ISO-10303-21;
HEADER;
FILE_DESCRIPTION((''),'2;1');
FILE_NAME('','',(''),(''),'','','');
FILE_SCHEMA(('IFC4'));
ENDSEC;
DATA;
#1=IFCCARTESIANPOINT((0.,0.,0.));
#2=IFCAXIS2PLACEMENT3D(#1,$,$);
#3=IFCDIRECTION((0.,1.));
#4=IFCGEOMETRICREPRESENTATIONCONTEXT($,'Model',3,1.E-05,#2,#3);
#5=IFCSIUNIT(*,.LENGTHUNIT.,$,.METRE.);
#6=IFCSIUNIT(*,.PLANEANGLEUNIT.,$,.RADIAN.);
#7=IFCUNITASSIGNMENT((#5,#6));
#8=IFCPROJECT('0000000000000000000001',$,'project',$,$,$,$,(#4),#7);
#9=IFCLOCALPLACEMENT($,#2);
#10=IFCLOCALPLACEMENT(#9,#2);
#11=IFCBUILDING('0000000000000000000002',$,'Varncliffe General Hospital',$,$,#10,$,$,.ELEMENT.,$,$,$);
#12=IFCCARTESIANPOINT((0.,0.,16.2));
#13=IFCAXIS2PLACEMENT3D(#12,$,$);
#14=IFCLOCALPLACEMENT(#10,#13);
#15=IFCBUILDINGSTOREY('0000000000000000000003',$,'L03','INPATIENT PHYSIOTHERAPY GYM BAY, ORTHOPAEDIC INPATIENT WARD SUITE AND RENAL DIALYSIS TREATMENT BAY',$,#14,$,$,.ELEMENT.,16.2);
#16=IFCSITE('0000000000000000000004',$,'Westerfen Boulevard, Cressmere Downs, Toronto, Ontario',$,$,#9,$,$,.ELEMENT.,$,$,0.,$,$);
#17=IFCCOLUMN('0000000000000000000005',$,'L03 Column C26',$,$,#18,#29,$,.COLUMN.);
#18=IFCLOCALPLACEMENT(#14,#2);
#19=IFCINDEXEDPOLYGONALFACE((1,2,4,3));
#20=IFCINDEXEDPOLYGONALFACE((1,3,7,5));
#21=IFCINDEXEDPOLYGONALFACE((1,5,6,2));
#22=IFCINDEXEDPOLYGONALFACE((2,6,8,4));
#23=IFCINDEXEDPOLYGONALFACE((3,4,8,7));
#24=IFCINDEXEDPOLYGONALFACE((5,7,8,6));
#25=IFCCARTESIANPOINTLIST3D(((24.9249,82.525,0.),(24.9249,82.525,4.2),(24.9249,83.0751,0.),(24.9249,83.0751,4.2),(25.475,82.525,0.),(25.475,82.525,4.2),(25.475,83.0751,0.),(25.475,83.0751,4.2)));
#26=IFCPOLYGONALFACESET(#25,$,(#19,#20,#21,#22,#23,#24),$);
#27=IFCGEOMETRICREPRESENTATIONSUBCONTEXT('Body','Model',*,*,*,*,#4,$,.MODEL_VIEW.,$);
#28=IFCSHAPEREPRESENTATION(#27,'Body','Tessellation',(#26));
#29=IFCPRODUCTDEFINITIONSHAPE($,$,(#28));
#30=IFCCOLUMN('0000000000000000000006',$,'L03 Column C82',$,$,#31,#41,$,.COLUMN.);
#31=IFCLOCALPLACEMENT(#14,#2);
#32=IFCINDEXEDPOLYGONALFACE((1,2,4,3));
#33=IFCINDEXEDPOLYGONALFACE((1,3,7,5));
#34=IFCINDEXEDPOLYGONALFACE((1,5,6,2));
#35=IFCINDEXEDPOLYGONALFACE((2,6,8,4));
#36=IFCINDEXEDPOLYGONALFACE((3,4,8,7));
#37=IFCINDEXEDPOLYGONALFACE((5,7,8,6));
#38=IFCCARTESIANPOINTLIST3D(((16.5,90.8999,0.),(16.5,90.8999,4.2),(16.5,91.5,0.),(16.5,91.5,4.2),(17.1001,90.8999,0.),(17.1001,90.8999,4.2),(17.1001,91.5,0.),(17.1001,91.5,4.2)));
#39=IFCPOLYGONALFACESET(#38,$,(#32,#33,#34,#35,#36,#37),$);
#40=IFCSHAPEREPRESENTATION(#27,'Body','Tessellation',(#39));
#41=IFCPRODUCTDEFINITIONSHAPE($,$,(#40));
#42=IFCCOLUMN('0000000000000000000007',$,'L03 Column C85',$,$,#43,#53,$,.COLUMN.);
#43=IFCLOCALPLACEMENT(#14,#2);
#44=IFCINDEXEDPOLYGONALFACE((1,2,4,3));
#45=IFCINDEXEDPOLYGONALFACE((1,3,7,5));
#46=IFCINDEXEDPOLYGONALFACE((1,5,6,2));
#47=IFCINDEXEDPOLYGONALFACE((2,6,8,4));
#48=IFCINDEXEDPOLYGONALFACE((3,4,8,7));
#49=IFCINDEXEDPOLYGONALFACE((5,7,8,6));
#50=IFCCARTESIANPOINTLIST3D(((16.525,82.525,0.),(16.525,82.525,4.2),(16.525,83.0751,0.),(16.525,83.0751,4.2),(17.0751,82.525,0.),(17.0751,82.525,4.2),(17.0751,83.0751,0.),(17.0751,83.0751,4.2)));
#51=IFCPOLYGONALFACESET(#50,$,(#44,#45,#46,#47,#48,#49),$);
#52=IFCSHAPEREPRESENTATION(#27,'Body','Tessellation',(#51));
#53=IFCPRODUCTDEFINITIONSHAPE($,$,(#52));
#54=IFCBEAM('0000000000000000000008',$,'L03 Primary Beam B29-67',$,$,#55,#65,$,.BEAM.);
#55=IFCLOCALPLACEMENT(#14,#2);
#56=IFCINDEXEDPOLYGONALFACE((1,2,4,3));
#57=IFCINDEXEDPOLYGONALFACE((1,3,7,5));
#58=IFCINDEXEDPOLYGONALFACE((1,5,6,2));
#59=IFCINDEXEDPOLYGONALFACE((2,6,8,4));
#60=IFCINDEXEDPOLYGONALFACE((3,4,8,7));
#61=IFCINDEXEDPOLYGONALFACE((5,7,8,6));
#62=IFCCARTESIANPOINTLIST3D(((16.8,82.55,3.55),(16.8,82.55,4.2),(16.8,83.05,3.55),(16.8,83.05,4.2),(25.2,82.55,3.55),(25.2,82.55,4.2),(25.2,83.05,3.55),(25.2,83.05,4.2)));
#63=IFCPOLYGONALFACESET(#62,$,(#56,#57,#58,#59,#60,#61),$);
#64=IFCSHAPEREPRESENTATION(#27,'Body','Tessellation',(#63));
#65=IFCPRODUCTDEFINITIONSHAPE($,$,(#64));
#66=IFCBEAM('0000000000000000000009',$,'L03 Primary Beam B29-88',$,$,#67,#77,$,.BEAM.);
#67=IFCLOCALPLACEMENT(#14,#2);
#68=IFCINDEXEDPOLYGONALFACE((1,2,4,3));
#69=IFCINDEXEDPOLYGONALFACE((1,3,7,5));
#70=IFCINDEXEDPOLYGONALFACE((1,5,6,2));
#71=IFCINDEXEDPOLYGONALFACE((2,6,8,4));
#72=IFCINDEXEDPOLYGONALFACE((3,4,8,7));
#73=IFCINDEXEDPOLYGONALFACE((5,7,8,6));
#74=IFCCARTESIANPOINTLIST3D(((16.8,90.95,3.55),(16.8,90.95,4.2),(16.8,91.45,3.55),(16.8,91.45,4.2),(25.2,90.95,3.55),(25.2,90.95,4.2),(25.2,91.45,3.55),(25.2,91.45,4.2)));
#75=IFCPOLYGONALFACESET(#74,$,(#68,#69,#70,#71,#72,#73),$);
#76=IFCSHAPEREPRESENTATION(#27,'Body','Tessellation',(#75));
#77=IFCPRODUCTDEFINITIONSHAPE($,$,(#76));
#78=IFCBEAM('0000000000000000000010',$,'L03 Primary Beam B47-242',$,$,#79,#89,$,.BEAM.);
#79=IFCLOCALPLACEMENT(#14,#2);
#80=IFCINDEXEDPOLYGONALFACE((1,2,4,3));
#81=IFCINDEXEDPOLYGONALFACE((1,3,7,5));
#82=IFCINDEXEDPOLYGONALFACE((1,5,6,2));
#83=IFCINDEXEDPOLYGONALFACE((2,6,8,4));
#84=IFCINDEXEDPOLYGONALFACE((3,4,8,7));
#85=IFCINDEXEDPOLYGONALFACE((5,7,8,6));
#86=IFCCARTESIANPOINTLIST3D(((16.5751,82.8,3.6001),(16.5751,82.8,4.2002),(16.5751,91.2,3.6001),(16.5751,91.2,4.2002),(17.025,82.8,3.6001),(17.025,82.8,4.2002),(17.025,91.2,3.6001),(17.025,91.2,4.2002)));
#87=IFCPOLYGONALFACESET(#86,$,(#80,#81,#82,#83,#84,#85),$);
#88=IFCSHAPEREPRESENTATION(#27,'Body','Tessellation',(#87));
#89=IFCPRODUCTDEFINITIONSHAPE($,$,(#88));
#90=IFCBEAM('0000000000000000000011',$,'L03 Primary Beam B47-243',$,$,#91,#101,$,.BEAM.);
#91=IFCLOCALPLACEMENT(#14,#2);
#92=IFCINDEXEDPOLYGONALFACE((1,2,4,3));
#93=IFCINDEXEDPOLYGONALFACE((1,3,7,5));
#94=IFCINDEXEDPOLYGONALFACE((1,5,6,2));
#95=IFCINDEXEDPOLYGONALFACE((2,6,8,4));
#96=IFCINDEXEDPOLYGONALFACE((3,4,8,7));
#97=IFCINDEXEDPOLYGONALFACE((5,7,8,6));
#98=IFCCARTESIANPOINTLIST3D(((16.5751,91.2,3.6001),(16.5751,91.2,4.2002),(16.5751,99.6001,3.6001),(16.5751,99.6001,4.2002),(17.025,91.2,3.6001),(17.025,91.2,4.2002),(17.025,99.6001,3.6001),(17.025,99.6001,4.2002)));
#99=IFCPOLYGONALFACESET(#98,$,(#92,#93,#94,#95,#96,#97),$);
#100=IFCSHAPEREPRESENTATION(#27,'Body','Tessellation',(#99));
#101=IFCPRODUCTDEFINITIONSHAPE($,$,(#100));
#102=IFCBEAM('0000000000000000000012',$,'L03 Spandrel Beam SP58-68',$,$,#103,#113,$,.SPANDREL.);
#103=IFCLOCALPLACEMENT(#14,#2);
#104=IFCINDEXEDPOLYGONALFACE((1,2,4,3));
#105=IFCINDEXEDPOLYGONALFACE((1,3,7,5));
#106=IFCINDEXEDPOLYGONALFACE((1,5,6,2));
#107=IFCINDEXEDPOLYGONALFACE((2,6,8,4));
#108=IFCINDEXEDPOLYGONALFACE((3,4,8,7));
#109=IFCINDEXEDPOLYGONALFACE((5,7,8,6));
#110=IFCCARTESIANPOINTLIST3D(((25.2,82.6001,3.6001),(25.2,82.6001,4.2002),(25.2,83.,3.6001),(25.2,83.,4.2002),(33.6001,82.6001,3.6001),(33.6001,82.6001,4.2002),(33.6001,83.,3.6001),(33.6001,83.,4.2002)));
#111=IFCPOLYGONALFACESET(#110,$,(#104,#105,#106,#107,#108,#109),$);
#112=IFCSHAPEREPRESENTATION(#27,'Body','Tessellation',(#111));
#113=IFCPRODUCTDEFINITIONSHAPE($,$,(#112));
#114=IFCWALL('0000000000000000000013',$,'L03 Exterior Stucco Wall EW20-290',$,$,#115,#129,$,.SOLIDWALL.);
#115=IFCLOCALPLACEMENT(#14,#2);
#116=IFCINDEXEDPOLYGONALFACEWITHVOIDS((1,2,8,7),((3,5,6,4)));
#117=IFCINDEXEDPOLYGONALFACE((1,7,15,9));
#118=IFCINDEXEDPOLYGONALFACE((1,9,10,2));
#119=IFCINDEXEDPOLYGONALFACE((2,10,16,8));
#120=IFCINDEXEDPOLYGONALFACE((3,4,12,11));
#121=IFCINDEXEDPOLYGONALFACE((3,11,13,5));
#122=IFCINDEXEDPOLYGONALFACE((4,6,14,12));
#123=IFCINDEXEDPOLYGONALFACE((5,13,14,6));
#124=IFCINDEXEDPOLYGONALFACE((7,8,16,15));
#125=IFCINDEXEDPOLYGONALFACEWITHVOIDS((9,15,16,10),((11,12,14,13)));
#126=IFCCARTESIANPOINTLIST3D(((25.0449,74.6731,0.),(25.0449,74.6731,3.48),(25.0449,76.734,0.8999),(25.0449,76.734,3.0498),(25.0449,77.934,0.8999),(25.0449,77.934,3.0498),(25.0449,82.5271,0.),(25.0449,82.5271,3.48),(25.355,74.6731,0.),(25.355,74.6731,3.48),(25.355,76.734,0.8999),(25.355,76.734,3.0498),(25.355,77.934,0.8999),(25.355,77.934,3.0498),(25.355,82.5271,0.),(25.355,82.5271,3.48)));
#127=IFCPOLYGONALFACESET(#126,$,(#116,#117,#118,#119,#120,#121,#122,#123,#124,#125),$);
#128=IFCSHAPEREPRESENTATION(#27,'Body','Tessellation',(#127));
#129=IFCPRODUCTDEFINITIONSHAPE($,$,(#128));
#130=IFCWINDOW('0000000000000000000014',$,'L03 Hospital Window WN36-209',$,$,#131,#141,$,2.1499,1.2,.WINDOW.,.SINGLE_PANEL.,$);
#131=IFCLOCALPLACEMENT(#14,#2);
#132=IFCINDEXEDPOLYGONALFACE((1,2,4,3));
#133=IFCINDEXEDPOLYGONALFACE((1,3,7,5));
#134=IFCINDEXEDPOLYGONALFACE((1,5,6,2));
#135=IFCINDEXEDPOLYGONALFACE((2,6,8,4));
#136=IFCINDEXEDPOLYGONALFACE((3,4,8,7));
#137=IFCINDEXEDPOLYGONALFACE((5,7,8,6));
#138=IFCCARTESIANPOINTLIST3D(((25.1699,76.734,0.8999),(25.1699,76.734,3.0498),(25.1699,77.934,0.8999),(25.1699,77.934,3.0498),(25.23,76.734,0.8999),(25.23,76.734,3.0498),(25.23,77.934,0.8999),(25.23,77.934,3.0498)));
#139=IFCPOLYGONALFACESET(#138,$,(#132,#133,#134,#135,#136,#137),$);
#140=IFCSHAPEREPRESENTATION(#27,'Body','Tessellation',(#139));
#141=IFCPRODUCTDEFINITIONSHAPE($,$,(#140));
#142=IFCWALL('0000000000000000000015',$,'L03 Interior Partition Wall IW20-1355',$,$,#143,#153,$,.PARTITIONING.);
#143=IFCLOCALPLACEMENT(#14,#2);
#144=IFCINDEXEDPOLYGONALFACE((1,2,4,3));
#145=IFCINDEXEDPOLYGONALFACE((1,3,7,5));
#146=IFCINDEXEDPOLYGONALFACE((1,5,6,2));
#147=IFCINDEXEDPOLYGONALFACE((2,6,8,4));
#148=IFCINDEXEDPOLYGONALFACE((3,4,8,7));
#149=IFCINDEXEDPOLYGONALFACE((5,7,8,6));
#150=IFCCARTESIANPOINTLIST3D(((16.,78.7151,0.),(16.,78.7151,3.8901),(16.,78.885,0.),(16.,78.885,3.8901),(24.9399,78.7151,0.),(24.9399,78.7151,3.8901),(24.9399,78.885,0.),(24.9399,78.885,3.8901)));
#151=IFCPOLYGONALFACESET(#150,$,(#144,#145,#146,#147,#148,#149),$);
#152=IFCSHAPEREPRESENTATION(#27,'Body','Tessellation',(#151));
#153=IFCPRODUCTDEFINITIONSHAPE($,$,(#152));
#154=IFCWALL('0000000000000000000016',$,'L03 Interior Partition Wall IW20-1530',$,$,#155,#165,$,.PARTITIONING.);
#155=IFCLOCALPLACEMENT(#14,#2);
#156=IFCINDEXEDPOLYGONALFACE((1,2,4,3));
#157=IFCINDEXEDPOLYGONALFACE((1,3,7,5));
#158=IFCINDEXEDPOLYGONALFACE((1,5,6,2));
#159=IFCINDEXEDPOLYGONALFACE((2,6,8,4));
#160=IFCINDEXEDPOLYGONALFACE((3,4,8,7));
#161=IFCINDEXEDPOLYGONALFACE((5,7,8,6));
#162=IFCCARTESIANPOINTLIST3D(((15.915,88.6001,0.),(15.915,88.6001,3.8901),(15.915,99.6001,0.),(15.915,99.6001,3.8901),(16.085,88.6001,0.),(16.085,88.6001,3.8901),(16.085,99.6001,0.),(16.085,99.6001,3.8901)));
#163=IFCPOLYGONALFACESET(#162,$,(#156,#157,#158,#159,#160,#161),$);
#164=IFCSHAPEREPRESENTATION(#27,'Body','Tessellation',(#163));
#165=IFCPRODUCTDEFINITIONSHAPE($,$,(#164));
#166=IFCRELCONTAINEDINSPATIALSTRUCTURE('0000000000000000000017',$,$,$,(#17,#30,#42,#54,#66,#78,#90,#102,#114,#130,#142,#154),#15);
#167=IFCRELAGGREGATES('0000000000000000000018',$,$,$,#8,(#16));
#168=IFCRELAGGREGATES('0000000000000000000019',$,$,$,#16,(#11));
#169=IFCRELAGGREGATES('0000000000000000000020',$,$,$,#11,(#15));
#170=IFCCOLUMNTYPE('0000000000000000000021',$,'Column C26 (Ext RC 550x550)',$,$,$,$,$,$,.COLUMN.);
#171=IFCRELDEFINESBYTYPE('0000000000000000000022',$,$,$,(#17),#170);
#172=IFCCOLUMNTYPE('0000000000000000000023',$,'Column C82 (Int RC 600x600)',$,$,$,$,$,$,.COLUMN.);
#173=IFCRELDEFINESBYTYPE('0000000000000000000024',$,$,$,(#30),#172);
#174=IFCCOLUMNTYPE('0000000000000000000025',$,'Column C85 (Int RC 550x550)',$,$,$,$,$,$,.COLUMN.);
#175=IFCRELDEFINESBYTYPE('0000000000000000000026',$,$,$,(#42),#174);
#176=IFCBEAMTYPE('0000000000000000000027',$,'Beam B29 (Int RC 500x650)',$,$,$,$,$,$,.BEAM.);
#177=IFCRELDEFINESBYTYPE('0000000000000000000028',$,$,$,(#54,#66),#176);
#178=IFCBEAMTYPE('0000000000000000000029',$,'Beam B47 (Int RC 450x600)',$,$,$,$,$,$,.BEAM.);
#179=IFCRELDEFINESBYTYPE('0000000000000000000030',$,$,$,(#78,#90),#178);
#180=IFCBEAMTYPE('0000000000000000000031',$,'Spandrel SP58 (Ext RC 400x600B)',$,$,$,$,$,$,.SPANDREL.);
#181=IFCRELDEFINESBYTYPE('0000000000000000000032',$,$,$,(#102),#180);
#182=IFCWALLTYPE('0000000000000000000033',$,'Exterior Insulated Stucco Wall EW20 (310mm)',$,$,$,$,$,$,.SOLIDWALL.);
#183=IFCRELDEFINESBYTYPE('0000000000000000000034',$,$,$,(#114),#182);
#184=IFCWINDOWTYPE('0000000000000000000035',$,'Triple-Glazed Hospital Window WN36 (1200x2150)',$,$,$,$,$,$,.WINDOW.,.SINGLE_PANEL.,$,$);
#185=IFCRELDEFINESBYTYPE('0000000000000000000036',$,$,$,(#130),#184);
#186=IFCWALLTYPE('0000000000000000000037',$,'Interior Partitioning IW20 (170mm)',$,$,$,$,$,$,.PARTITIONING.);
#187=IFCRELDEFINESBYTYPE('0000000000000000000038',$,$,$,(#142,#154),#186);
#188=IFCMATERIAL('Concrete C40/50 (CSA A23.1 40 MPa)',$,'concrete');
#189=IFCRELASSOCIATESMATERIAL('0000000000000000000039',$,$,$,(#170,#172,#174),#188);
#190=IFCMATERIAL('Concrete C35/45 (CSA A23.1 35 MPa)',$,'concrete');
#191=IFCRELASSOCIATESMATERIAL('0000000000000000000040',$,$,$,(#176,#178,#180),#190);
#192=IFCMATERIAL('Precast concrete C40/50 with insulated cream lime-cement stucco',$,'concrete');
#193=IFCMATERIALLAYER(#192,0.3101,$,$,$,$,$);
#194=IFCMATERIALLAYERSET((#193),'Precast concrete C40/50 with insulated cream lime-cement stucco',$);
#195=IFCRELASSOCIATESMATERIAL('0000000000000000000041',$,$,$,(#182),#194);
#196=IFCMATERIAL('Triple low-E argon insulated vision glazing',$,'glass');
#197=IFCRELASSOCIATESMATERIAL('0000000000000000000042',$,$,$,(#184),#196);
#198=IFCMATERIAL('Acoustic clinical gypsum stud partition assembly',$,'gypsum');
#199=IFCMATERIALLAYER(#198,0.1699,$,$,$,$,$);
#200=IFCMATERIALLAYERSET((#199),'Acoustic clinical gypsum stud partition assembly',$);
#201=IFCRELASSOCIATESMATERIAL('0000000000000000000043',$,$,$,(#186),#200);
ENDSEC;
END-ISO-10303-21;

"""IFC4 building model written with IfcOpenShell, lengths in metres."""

from ifc_helpers import new_model, si_unit, direction, frame, frame_2d, origin, origin_2d, place, context, subcontext, project, spatial, rectangle, extrude, material, layer, layer_set, material_profile, profile_set, type_object, element, fill, save


model = new_model("IFC4")

# Units and contexts
model_context = context("Model", 3, precision=1e-05, world=origin(), true_north=direction((0.0, 1.0)))
body_context = subcontext(model_context, "Body", "Model", "MODEL_VIEW")
ifc_project = project(units=[si_unit("LENGTHUNIT", "METRE"), si_unit("PLANEANGLEUNIT", "RADIAN")], contexts=[model_context])

# Site, building, storey
site_placement = place(None, origin())
site = spatial("IfcSite", under=ifc_project, at=site_placement, Name="Westerfen Boulevard, Cressmere Downs, Toronto, Ontario", CompositionType="ELEMENT", RefElevation=0.0)
building_placement = place(site_placement, origin())
building = spatial("IfcBuilding", under=site, at=building_placement, Name="Varncliffe General Hospital", CompositionType="ELEMENT")
storey_placement = place(building_placement, frame((0.0, 0.0, 16.2)))
storey = spatial("IfcBuildingStorey", under=building, at=storey_placement, Name="L03", Description="INPATIENT PHYSIOTHERAPY GYM BAY, ORTHOPAEDIC INPATIENT WARD SUITE AND RENAL DIALYSIS TREATMENT BAY", CompositionType="ELEMENT", Elevation=16.2)

# Columns
ifc_material_1 = material(Name="Concrete C40/50 (CSA A23.1 40 MPa)", Category="concrete")
ifc_material_profile_1 = material_profile(ifc_material_1, rectangle(XDim=0.55, YDim=0.55, at=origin_2d()), Name="RC 550x550")
ifc_profile_set_1 = profile_set([ifc_material_profile_1], Name="Concrete C40/50 (CSA A23.1 40 MPa)")
column_type_1 = type_object("IfcColumnType", Name="Column C26 (Ext RC 550x550)", PredefinedType="COLUMN", material=ifc_profile_set_1)
column_1_placement = place(storey_placement, frame((25.2, 82.8, 0.0), z_axis=(0.0, 0.0, 1.0), x_axis=(1.0, 0.0, 0.0)))
element("IfcColumn", 1, at=column_1_placement, inside=storey, type_object=column_type_1, Name="L03 Column C26", PredefinedType="COLUMN", context=body_context, shape_type="SweptSolid", body=[
    extrude(rectangle(XDim=0.55, YDim=0.55, at=origin_2d()), origin(), (0.0, 0.0, 1.0), 4.2),
])
ifc_material_profile_2 = material_profile(ifc_material_1, rectangle(XDim=0.6001, YDim=0.6001, at=origin_2d()), Name="RC 600x600")
ifc_profile_set_2 = profile_set([ifc_material_profile_2], Name="Concrete C40/50 (CSA A23.1 40 MPa)")
column_type_2 = type_object("IfcColumnType", Name="Column C82 (Int RC 600x600)", PredefinedType="COLUMN", material=ifc_profile_set_2)
column_2_placement = place(storey_placement, frame((16.8, 91.2, 0.0), z_axis=(0.0, 0.0, 1.0), x_axis=(1.0, 0.0, 0.0)))
element("IfcColumn", 2, at=column_2_placement, inside=storey, type_object=column_type_2, Name="L03 Column C82", PredefinedType="COLUMN", context=body_context, shape_type="SweptSolid", body=[
    extrude(rectangle(XDim=0.6001, YDim=0.6001, at=origin_2d()), origin(), (0.0, 0.0, 1.0), 4.2),
])
ifc_material_profile_3 = material_profile(ifc_material_1, rectangle(XDim=0.55, YDim=0.55, at=origin_2d()), Name="RC 550x550")
ifc_profile_set_3 = profile_set([ifc_material_profile_3], Name="Concrete C40/50 (CSA A23.1 40 MPa)")
column_type_3 = type_object("IfcColumnType", Name="Column C85 (Int RC 550x550)", PredefinedType="COLUMN", material=ifc_profile_set_3)
column_3_placement = place(storey_placement, frame((16.8, 82.8, 0.0), z_axis=(0.0, 0.0, 1.0), x_axis=(1.0, 0.0, 0.0)))
element("IfcColumn", 3, at=column_3_placement, inside=storey, type_object=column_type_3, Name="L03 Column C85", PredefinedType="COLUMN", context=body_context, shape_type="SweptSolid", body=[
    extrude(rectangle(XDim=0.55, YDim=0.55, at=origin_2d()), origin(), (0.0, 0.0, 1.0), 4.2),
])

# Beams
ifc_material_2 = material(Name="Concrete C35/45 (CSA A23.1 35 MPa)", Category="concrete")
ifc_material_profile_4 = material_profile(ifc_material_2, rectangle(XDim=0.5, YDim=0.6499, at=origin_2d()), Name="RC 500x650")
ifc_profile_set_4 = profile_set([ifc_material_profile_4], Name="Concrete C35/45 (CSA A23.1 35 MPa)")
beam_type_1 = type_object("IfcBeamType", Name="Beam B29 (Int RC 500x650)", PredefinedType="BEAM", material=ifc_profile_set_4)
for number, where, z_axis, x_axis, name in (
    (4, (16.8, 82.8, 3.875), (1.0, 0.0, 0.0), (0.0, 1.0, 0.0), "L03 Primary Beam B29-67"),
    (5, (16.8, 91.2, 3.875), (1.0, 0.0, 0.0), (0.0, 1.0, 0.0), "L03 Primary Beam B29-88"),
):
    element("IfcBeam", number, at=place(storey_placement, frame(where, z_axis=z_axis, x_axis=x_axis)), inside=storey, type_object=beam_type_1, Name=name, PredefinedType="BEAM", context=body_context, shape_type="SweptSolid", body=[
        extrude(rectangle(XDim=0.5, YDim=0.6499, at=origin_2d()), origin(), (0.0, 0.0, 1.0), 8.3999),
    ])
ifc_material_profile_5 = material_profile(ifc_material_2, rectangle(XDim=0.45, YDim=0.6001, at=origin_2d()), Name="RC 450x600")
ifc_profile_set_5 = profile_set([ifc_material_profile_5], Name="Concrete C35/45 (CSA A23.1 35 MPa)")
beam_type_2 = type_object("IfcBeamType", Name="Beam B47 (Int RC 450x600)", PredefinedType="BEAM", material=ifc_profile_set_5)
beam_1_placement = place(storey_placement, frame((16.8, 82.8, 3.9001), z_axis=(0.0, 1.0, 0.0), x_axis=(-1.0, 0.0, 0.0)))
element("IfcBeam", 6, at=beam_1_placement, inside=storey, type_object=beam_type_2, Name="L03 Primary Beam B47-242", PredefinedType="BEAM", context=body_context, shape_type="SweptSolid", body=[
    extrude(rectangle(XDim=0.45, YDim=0.6001, at=origin_2d()), origin(), (0.0, 0.0, 1.0), 8.3999),
])
beam_2_placement = place(storey_placement, frame((16.8, 91.2, 3.9001), z_axis=(0.0, 1.0, 0.0), x_axis=(-1.0, 0.0, 0.0)))
element("IfcBeam", 7, at=beam_2_placement, inside=storey, type_object=beam_type_2, Name="L03 Primary Beam B47-243", PredefinedType="BEAM", context=body_context, shape_type="SweptSolid", body=[
    extrude(rectangle(XDim=0.45, YDim=0.6001, at=origin_2d()), origin(), (0.0, 0.0, 1.0), 8.4001),
])
ifc_material_profile_6 = material_profile(ifc_material_2, rectangle(XDim=0.3999, YDim=0.6001, at=origin_2d()), Name="RC 400x600")
ifc_profile_set_6 = profile_set([ifc_material_profile_6], Name="Concrete C35/45 (CSA A23.1 35 MPa)")
beam_type_3 = type_object("IfcBeamType", Name="Spandrel SP58 (Ext RC 400x600B)", PredefinedType="SPANDREL", material=ifc_profile_set_6)
beam_3_placement = place(storey_placement, frame((25.2, 82.8, 3.9001), z_axis=(1.0, 0.0, 0.0), x_axis=(0.0, 1.0, 0.0)))
element("IfcBeam", 8, at=beam_3_placement, inside=storey, type_object=beam_type_3, Name="L03 Spandrel Beam SP58-68", PredefinedType="SPANDREL", context=body_context, shape_type="SweptSolid", body=[
    extrude(rectangle(XDim=0.3999, YDim=0.6001, at=origin_2d()), origin(), (0.0, 0.0, 1.0), 8.4001),
])

# Wall, opening, window
ifc_material_3 = material(Name="Precast concrete C40/50 with insulated cream lime-cement stucco", Category="concrete")
ifc_layer_1 = layer(ifc_material_3, 0.3101)
ifc_layer_set_1 = layer_set([ifc_layer_1], Name="Precast concrete C40/50 with insulated cream lime-cement stucco")
wall_type_1 = type_object("IfcWallType", Name="Exterior Insulated Stucco Wall EW20 (310mm)", PredefinedType="SOLIDWALL", material=ifc_layer_set_1)
wall_1_placement = place(storey_placement, frame((25.2, 82.5271, 0.0), z_axis=(0.0, 0.0, 1.0), x_axis=(0.0, -1.0, 0.0)))
wall_1 = element("IfcWall", 9, at=wall_1_placement, inside=storey, type_object=wall_type_1, Name="L03 Exterior Stucco Wall EW20-290", PredefinedType="SOLIDWALL", context=body_context, shape_type="SweptSolid", body=[
    extrude(rectangle(XDim=7.854, YDim=0.3101, at=frame_2d((3.927, 0.0))), origin(), (0.0, 0.0, 1.0), 3.48),
])
opening_1_placement = place(wall_1_placement, frame((4.593, 0.0, 0.8999)))
opening_1 = element("IfcOpeningElement", 10, at=opening_1_placement, cuts=wall_1, PredefinedType="OPENING", context=body_context, shape_type="SweptSolid", body=[
    extrude(rectangle(XDim=1.2, YDim=2.1499, at=frame_2d((0.6001, 1.075))), frame((0.0, 0.165, 0.0), z_axis=(0.0, -1.0, 0.0), x_axis=(1.0, 0.0, 0.0)), (0.0, 0.0, 1.0), 0.3301),
])
ifc_material_4 = material(Name="Triple low-E argon insulated vision glazing", Category="glass")
window_type = type_object("IfcWindowType", Name="Triple-Glazed Hospital Window WN36 (1200x2150)", PartitioningType="SINGLE_PANEL", PredefinedType="WINDOW", material=ifc_material_4)
window_placement = place(opening_1_placement, origin())
window = element("IfcWindow", 11, at=window_placement, inside=storey, type_object=window_type, Name="L03 Hospital Window WN36-209", OverallHeight=2.1499, OverallWidth=1.2, PartitioningType="SINGLE_PANEL", PredefinedType="WINDOW", context=body_context, shape_type="SweptSolid", body=[
    extrude(rectangle(XDim=1.2, YDim=2.1499, at=frame_2d((0.6001, 1.075))), frame((0.0, 0.03, 0.0), z_axis=(0.0, -1.0, 0.0), x_axis=(1.0, 0.0, 0.0)), (0.0, 0.0, 1.0), 0.0601),
])
fill(opening_1, window)

# Walls
ifc_material_5 = material(Name="Acoustic clinical gypsum stud partition assembly", Category="gypsum")
ifc_layer_2 = layer(ifc_material_5, 0.1699)
ifc_layer_set_2 = layer_set([ifc_layer_2], Name="Acoustic clinical gypsum stud partition assembly")
wall_type_2 = type_object("IfcWallType", Name="Interior Partitioning IW20 (170mm)", PredefinedType="PARTITIONING", material=ifc_layer_set_2)
wall_2_placement = place(storey_placement, frame((16.0, 78.8, 0.0), z_axis=(0.0, 0.0, 1.0), x_axis=(1.0, 0.0, 0.0)))
element("IfcWall", 12, at=wall_2_placement, inside=storey, type_object=wall_type_2, Name="L03 Interior Partition Wall IW20-1355", PredefinedType="PARTITIONING", context=body_context, shape_type="SweptSolid", body=[
    extrude(rectangle(XDim=8.9399, YDim=0.1699, at=frame_2d((4.47, 0.0))), origin(), (0.0, 0.0, 1.0), 3.8901),
])
wall_3_placement = place(storey_placement, frame((16.0, 88.6001, 0.0), z_axis=(0.0, 0.0, 1.0), x_axis=(0.0, 1.0, 0.0)))
element("IfcWall", 13, at=wall_3_placement, inside=storey, type_object=wall_type_2, Name="L03 Interior Partition Wall IW20-1530", PredefinedType="PARTITIONING", context=body_context, shape_type="SweptSolid", body=[
    extrude(rectangle(XDim=11.0, YDim=0.1699, at=frame_2d((5.5, 0.0))), origin(), (0.0, 0.0, 1.0), 3.8901),
])

save(model, "model.ifc")
